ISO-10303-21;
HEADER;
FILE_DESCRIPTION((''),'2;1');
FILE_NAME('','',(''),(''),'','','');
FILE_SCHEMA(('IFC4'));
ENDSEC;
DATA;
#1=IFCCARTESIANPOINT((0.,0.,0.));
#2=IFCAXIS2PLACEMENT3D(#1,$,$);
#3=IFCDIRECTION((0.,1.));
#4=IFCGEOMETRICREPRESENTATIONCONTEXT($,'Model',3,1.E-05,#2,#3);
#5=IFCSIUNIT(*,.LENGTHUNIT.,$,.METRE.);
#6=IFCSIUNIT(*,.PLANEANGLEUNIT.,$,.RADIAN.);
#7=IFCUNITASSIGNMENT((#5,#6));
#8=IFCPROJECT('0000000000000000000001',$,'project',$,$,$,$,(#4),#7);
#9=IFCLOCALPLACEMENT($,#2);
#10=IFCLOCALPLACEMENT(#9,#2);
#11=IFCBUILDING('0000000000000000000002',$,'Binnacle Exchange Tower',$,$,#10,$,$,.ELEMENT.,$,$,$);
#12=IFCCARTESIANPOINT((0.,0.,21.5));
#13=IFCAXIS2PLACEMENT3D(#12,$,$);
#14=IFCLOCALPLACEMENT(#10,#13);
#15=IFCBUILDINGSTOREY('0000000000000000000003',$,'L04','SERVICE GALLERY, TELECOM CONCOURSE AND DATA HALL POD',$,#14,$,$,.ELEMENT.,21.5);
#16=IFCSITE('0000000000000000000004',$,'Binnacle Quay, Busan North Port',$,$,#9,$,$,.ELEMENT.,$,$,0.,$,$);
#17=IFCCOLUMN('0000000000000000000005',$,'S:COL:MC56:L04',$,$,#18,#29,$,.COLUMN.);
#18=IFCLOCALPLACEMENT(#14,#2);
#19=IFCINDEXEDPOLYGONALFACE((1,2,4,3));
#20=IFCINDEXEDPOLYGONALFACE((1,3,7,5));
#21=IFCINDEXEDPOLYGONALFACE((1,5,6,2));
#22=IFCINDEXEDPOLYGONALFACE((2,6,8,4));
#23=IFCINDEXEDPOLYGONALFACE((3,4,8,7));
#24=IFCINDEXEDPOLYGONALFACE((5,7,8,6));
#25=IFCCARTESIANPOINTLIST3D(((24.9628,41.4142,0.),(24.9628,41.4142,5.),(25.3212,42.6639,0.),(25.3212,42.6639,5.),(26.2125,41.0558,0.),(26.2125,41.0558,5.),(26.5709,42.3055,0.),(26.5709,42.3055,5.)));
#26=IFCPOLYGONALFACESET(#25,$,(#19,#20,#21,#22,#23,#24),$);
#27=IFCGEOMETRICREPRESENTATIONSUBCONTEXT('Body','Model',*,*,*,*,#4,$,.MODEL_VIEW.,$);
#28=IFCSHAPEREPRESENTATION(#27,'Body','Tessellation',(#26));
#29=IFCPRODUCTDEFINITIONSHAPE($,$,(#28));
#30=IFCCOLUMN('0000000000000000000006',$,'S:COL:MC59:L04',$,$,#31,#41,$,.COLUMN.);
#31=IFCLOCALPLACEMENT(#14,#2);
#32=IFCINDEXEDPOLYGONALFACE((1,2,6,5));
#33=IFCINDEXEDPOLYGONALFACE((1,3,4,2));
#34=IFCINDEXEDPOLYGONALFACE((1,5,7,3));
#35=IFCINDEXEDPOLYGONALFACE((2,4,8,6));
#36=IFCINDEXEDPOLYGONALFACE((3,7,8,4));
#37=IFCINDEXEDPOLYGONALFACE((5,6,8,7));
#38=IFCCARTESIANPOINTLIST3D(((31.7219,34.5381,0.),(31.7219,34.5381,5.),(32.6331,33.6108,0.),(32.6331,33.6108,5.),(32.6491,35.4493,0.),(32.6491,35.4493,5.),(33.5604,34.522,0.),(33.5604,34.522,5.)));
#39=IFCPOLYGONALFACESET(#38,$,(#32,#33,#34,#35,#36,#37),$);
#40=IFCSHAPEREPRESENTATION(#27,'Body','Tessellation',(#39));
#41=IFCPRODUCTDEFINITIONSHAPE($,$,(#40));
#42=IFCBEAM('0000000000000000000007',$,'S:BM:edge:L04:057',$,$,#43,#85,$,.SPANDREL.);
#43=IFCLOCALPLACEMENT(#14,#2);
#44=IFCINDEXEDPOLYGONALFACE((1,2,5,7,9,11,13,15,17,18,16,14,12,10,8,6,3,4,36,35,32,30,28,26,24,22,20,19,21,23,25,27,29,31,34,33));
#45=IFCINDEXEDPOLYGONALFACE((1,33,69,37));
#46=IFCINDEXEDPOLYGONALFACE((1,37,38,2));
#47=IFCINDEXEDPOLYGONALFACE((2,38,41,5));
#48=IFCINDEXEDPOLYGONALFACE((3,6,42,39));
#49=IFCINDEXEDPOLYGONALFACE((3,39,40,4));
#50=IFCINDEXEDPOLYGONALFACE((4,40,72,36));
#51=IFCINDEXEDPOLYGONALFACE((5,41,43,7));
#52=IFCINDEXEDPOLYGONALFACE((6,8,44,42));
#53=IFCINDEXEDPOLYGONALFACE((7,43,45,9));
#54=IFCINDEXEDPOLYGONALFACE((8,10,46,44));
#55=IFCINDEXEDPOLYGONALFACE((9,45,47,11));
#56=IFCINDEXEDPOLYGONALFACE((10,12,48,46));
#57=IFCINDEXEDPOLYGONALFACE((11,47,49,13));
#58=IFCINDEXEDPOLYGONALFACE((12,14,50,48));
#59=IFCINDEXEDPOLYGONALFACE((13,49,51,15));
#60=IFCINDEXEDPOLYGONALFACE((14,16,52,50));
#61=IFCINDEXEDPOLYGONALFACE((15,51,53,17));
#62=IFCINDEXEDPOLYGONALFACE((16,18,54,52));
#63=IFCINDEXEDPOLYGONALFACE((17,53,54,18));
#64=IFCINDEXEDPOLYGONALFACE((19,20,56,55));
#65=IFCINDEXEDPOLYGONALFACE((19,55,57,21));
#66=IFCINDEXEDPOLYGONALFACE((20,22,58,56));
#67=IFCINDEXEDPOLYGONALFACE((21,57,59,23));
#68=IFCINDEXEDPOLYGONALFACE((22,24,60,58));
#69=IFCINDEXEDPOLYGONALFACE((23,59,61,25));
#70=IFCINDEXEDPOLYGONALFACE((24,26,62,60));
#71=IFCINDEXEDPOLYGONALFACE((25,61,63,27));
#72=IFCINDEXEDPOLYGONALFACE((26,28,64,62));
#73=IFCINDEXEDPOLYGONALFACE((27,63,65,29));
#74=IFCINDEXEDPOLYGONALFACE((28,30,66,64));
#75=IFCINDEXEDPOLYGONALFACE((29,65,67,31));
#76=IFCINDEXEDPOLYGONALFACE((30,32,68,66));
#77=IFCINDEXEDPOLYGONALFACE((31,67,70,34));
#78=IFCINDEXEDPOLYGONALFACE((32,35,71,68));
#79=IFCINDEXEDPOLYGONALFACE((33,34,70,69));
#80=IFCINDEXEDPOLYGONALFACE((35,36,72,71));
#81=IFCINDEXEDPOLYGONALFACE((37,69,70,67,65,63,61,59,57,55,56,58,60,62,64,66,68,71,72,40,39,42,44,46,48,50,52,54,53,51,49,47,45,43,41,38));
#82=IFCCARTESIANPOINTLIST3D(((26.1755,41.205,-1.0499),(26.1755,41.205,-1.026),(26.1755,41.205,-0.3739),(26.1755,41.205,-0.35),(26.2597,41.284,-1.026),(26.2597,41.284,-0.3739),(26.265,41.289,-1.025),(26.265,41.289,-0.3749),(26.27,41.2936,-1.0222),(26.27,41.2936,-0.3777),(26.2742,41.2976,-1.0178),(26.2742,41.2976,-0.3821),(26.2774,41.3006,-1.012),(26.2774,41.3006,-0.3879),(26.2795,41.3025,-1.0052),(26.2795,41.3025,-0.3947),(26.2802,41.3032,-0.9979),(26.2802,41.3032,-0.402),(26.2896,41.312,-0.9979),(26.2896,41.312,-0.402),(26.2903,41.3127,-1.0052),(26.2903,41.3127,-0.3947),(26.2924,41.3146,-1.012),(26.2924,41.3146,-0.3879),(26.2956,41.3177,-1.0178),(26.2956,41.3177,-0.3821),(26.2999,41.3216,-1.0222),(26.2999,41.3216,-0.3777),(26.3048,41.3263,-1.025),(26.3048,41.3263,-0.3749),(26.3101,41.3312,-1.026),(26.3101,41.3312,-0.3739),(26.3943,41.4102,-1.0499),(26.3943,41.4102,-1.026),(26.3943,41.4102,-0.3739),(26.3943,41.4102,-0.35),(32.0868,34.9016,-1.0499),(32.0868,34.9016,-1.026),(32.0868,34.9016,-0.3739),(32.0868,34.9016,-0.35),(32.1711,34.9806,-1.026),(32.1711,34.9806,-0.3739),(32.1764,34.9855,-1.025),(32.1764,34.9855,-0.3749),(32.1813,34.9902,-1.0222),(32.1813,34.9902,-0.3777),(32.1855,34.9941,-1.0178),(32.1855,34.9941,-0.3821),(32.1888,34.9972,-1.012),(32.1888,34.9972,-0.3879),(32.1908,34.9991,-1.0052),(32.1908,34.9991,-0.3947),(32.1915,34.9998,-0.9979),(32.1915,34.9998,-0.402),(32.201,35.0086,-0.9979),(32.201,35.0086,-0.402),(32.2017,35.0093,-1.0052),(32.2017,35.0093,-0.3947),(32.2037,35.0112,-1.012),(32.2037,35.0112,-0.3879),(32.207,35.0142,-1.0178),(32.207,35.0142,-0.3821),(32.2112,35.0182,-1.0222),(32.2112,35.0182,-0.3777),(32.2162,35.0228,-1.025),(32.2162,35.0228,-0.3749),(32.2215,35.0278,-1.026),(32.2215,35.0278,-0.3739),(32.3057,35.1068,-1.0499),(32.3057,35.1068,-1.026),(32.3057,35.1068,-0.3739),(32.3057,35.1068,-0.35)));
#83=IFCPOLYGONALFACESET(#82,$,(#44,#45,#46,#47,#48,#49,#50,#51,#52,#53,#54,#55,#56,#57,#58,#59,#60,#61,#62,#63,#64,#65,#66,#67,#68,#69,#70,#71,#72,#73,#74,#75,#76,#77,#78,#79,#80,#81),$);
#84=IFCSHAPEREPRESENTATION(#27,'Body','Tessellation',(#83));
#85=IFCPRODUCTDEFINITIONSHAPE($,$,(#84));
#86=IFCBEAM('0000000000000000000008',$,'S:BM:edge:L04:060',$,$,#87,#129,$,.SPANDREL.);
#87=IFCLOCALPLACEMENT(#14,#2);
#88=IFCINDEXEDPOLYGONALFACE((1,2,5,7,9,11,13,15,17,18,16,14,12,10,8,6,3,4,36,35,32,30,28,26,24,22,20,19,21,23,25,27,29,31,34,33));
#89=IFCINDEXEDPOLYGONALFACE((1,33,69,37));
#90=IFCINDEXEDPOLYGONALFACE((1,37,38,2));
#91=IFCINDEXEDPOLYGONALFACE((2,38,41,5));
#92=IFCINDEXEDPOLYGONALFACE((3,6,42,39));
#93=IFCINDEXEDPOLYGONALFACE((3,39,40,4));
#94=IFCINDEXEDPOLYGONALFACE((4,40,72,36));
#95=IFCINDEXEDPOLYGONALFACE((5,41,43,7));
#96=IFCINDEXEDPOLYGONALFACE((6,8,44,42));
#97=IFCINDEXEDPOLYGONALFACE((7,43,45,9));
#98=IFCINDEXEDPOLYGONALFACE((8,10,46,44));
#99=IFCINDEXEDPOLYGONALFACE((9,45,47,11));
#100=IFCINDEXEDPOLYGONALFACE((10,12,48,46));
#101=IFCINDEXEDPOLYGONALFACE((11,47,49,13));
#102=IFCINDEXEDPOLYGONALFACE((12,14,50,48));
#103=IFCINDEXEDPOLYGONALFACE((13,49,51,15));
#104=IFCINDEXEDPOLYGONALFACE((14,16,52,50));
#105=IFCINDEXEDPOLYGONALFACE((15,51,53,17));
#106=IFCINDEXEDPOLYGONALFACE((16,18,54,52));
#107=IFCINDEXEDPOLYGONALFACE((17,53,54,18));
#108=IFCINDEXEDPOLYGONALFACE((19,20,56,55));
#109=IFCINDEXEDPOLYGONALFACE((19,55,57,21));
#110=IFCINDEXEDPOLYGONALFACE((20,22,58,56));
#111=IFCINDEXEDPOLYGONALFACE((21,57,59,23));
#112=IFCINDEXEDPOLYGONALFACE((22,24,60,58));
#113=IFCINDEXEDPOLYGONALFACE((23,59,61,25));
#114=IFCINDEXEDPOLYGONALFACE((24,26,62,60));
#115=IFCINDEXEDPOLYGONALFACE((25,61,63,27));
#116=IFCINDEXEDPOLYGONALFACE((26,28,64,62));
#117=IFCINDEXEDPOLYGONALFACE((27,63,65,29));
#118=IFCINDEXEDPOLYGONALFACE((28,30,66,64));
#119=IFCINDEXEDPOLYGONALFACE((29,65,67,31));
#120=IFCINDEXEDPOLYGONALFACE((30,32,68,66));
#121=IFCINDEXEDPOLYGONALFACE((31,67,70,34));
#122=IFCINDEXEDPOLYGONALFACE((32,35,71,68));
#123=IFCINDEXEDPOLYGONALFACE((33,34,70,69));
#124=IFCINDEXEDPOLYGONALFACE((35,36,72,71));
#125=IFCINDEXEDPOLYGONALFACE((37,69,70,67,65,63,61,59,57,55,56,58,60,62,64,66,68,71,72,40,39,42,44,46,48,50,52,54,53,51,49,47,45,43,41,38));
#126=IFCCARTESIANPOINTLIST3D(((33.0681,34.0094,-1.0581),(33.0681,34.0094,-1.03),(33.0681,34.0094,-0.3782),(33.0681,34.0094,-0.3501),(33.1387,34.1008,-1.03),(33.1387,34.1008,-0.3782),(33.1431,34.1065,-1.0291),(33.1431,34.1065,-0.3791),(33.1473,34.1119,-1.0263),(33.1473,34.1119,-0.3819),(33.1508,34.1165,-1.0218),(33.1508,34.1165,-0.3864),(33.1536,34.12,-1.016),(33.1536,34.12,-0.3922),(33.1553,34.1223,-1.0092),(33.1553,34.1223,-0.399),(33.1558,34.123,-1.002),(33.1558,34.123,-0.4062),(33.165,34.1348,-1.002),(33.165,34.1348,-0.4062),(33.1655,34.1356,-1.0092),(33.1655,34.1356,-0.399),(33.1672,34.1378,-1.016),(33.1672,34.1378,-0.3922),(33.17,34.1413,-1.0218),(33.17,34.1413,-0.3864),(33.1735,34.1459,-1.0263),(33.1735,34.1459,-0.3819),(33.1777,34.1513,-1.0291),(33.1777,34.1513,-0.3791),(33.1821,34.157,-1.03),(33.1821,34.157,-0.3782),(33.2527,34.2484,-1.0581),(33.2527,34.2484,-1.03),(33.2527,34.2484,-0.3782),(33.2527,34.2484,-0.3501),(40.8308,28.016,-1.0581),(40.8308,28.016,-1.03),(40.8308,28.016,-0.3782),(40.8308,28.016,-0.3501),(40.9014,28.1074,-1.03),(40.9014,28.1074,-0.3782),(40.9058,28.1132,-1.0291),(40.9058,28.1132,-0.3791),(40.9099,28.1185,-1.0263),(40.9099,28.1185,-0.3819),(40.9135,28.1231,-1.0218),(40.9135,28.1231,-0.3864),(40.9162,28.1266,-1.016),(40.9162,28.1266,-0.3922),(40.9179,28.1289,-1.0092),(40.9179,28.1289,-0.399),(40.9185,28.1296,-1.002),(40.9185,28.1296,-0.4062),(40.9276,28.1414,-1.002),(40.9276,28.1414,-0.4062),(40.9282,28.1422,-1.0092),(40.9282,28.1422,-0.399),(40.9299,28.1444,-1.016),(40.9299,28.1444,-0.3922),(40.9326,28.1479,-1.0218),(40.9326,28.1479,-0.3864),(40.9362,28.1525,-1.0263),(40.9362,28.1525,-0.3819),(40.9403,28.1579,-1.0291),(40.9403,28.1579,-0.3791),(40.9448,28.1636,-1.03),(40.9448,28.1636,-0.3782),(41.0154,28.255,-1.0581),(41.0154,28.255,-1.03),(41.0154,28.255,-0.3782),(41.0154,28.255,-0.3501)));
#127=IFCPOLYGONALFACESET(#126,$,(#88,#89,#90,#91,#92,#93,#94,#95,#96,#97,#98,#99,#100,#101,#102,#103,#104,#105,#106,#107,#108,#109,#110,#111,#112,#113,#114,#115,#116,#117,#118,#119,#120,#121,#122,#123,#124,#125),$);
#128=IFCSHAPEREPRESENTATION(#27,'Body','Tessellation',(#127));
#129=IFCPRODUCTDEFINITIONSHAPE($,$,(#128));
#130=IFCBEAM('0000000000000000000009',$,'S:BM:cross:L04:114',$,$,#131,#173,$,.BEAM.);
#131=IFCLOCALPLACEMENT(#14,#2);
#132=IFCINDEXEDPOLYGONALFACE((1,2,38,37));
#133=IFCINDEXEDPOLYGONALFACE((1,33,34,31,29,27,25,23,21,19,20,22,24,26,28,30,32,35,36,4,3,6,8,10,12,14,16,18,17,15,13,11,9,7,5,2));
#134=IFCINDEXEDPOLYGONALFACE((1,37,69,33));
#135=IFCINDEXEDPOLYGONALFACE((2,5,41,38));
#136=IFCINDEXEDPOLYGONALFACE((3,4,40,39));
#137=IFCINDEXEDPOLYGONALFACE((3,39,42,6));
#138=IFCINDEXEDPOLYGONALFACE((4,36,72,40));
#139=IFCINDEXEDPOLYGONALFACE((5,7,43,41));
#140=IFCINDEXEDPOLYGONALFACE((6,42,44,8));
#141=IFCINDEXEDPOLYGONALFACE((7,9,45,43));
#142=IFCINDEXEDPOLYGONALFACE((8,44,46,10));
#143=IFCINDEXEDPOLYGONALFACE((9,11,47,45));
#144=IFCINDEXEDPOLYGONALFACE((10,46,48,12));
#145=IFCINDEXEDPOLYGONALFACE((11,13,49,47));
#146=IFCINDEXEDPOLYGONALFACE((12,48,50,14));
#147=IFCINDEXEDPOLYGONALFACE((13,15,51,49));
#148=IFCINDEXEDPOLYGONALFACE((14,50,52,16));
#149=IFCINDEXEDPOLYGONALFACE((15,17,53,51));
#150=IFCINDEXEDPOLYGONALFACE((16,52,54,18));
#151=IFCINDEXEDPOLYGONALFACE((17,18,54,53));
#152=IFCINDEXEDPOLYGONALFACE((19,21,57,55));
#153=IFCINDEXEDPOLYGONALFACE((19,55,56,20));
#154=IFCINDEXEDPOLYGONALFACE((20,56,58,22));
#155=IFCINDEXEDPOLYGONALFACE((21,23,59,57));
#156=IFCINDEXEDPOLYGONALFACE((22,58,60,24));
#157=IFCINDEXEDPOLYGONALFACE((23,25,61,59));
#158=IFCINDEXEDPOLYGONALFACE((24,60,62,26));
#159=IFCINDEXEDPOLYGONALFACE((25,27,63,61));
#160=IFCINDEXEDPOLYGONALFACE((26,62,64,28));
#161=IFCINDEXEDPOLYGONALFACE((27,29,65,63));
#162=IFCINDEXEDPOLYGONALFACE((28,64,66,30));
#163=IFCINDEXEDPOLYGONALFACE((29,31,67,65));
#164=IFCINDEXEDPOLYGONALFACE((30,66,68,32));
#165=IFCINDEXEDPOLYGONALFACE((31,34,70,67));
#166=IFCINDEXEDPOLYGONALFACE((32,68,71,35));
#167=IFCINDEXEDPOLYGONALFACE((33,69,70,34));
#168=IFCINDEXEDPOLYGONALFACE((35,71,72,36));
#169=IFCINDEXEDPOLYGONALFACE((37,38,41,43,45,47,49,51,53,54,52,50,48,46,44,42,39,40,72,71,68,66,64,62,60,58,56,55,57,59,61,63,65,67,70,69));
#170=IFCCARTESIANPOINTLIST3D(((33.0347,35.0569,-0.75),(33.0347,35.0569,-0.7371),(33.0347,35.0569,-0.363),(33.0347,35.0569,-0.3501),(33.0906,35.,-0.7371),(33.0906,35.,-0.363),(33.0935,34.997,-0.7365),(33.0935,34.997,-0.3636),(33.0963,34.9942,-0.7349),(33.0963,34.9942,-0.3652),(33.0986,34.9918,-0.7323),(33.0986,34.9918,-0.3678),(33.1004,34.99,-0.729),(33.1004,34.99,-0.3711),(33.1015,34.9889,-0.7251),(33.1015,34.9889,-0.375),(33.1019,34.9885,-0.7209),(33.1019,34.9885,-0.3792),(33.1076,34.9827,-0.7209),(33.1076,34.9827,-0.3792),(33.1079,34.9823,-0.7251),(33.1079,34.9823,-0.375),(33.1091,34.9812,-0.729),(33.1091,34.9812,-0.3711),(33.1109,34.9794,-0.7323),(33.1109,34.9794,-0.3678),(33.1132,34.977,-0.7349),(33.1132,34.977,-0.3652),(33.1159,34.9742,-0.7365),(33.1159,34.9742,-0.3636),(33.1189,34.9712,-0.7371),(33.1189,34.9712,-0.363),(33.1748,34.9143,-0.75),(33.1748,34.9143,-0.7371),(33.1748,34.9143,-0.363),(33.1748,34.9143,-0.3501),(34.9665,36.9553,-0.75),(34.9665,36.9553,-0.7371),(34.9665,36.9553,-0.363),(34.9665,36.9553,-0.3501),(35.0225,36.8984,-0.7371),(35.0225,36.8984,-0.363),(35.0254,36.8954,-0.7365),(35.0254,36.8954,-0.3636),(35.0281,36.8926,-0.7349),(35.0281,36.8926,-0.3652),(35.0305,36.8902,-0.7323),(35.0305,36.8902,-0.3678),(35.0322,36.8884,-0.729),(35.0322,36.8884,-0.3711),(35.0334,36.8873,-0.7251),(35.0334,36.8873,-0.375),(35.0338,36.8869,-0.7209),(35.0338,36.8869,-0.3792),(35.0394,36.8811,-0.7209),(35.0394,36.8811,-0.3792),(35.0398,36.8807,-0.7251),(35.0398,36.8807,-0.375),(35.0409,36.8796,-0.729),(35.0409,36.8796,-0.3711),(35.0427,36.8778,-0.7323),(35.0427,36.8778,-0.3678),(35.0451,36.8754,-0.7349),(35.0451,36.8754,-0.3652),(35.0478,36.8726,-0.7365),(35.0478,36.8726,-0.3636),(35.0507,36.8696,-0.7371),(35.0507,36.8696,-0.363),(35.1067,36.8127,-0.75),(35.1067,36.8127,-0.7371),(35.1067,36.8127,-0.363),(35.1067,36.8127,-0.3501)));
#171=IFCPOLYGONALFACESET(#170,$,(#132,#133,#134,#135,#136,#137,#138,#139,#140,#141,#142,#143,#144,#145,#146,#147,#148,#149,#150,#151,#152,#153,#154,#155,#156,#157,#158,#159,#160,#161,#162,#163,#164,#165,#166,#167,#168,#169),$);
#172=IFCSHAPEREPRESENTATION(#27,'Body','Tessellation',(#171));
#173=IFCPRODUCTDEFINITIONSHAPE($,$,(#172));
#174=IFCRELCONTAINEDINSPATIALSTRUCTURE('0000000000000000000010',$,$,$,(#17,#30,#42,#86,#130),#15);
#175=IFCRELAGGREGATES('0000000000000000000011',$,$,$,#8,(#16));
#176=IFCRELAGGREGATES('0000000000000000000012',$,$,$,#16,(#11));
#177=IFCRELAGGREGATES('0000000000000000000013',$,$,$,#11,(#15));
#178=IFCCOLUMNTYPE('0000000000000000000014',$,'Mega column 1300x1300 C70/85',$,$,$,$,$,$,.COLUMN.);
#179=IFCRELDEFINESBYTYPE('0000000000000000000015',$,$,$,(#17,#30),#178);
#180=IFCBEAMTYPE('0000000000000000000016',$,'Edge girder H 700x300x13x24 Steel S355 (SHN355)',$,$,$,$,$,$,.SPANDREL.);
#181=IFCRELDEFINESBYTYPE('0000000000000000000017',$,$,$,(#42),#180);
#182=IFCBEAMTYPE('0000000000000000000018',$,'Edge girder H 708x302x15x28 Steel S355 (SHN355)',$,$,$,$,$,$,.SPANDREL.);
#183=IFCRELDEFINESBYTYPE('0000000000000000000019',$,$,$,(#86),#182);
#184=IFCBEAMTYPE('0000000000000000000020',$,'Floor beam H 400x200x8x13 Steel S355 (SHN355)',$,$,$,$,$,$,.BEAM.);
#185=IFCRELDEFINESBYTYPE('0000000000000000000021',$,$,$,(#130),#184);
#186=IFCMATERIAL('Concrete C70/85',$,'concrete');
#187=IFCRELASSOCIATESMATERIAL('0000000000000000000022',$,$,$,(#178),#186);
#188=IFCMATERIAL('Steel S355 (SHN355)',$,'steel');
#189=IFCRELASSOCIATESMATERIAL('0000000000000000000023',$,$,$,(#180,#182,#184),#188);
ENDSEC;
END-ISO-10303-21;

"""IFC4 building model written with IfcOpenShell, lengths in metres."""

from ifc_helpers import new_model, si_unit, direction, frame, origin, origin_2d, place, context, subcontext, project, spatial, rectangle, i_section, extrude, material, material_profile, profile_set, type_object, element, save


model = new_model("IFC4")

# Units and contexts
model_context = context("Model", 3, precision=1e-05, world=origin(), true_north=direction((0.0, 1.0)))
body_context = subcontext(model_context, "Body", "Model", "MODEL_VIEW")
ifc_project = project(units=[si_unit("LENGTHUNIT", "METRE"), si_unit("PLANEANGLEUNIT", "RADIAN")], contexts=[model_context])

# Site, building, storey
site_placement = place(None, origin())
site = spatial("IfcSite", under=ifc_project, at=site_placement, Name="Binnacle Quay, Busan North Port", CompositionType="ELEMENT", RefElevation=0.0)
building_placement = place(site_placement, origin())
building = spatial("IfcBuilding", under=site, at=building_placement, Name="Binnacle Exchange Tower", CompositionType="ELEMENT")
storey_placement = place(building_placement, frame((0.0, 0.0, 21.5)))
storey = spatial("IfcBuildingStorey", under=building, at=storey_placement, Name="L04", Description="SERVICE GALLERY, TELECOM CONCOURSE AND DATA HALL POD", CompositionType="ELEMENT", Elevation=21.5)

# Columns
ifc_material_1 = material(Name="Concrete C70/85", Category="concrete")
ifc_material_profile_1 = material_profile(ifc_material_1, rectangle(XDim=1.3, YDim=1.3, at=origin_2d()), Name="Mega column 1300x1300 C70/85")
ifc_profile_set_1 = profile_set([ifc_material_profile_1], Name="Concrete C70/85")
column_type = type_object("IfcColumnType", Name="Mega column 1300x1300 C70/85", PredefinedType="COLUMN", material=ifc_profile_set_1)
for number, where, z_axis, x_axis, name in (
    (1, (25.7668, 41.8599, 0.0), (0.0, 0.0, 1.0), (0.961262, -0.275637, 0.0), "S:COL:MC56:L04"),
    (2, (32.6411, 34.53, 0.0), (0.0, 0.0, 1.0), (0.700909, -0.71325, 0.0), "S:COL:MC59:L04"),
):
    element("IfcColumn", number, at=place(storey_placement, frame(where, z_axis=z_axis, x_axis=x_axis)), inside=storey, type_object=column_type, Name=name, PredefinedType="COLUMN", context=body_context, shape_type="SweptSolid", body=[
        extrude(rectangle(XDim=1.3, YDim=1.3, at=origin_2d()), origin(), (0.0, 0.0, 1.0), 5.0),
    ])

# Beams
ifc_material_2 = material(Name="Steel S355 (SHN355)", Category="steel")
ifc_material_profile_2 = material_profile(ifc_material_2, i_section(OverallWidth=0.3, OverallDepth=0.7, WebThickness=0.0129, FlangeThickness=0.0239, FilletRadius=0.0281, at=origin_2d()), Name="H 700x300x13x24")
ifc_profile_set_2 = profile_set([ifc_material_profile_2], Name="Steel S355 (SHN355)")
beam_type_1 = type_object("IfcBeamType", Name="Edge girder H 700x300x13x24 Steel S355 (SHN355)", PredefinedType="SPANDREL", material=ifc_profile_set_2)
beam_1_placement = place(storey_placement, frame((26.2849, 41.3076, -0.7), z_axis=(0.684057, -0.729429, 0.0), x_axis=(0.729429, 0.684057, 0.0)))
element("IfcBeam", 3, at=beam_1_placement, inside=storey, type_object=beam_type_1, Name="S:BM:edge:L04:057", PredefinedType="SPANDREL", context=body_context, shape_type="SweptSolid", body=[
    extrude(i_section(OverallWidth=0.3, OverallDepth=0.7, WebThickness=0.0129, FlangeThickness=0.0239, FilletRadius=0.0281, at=origin_2d()), origin(), (0.0, 0.0, 1.0), 8.6416),
])
ifc_material_profile_3 = material_profile(ifc_material_2, i_section(OverallWidth=0.302, OverallDepth=0.708, WebThickness=0.0149, FlangeThickness=0.0281, FilletRadius=0.0281, at=origin_2d()), Name="H 708x302x15x28")
ifc_profile_set_3 = profile_set([ifc_material_profile_3], Name="Steel S355 (SHN355)")
beam_type_2 = type_object("IfcBeamType", Name="Edge girder H 708x302x15x28 Steel S355 (SHN355)", PredefinedType="SPANDREL", material=ifc_profile_set_3)
beam_2_placement = place(storey_placement, frame((33.1604, 34.1289, -0.7041), z_axis=(0.791533, -0.611126, 0.0), x_axis=(0.611126, 0.791533, 0.0)))
element("IfcBeam", 4, at=beam_2_placement, inside=storey, type_object=beam_type_2, Name="S:BM:edge:L04:060", PredefinedType="SPANDREL", context=body_context, shape_type="SweptSolid", body=[
    extrude(i_section(OverallWidth=0.302, OverallDepth=0.708, WebThickness=0.0149, FlangeThickness=0.0281, FilletRadius=0.0281, at=origin_2d()), origin(), (0.0, 0.0, 1.0), 9.8071),
])
ifc_material_profile_4 = material_profile(ifc_material_2, i_section(OverallWidth=0.2, OverallDepth=0.3999, WebThickness=0.0081, FlangeThickness=0.0129, FilletRadius=0.0161, at=origin_2d()), Name="H 400x200x8x13")
ifc_profile_set_4 = profile_set([ifc_material_profile_4], Name="Steel S355 (SHN355)")
beam_type_3 = type_object("IfcBeamType", Name="Floor beam H 400x200x8x13 Steel S355 (SHN355)", PredefinedType="BEAM", material=ifc_profile_set_4)
beam_3_placement = place(storey_placement, frame((33.1047, 34.9856, -0.55), z_axis=(0.713254, 0.700905, 0.0), x_axis=(-0.700905, 0.713254, 0.0)))
element("IfcBeam", 5, at=beam_3_placement, inside=storey, type_object=beam_type_3, Name="S:BM:cross:L04:114", PredefinedType="BEAM", context=body_context, shape_type="SweptSolid", body=[
    extrude(i_section(OverallWidth=0.2, OverallDepth=0.3999, WebThickness=0.0081, FlangeThickness=0.0129, FilletRadius=0.0161, at=origin_2d()), origin(), (0.0, 0.0, 1.0), 2.7085),
])

save(model, "model.ifc")
